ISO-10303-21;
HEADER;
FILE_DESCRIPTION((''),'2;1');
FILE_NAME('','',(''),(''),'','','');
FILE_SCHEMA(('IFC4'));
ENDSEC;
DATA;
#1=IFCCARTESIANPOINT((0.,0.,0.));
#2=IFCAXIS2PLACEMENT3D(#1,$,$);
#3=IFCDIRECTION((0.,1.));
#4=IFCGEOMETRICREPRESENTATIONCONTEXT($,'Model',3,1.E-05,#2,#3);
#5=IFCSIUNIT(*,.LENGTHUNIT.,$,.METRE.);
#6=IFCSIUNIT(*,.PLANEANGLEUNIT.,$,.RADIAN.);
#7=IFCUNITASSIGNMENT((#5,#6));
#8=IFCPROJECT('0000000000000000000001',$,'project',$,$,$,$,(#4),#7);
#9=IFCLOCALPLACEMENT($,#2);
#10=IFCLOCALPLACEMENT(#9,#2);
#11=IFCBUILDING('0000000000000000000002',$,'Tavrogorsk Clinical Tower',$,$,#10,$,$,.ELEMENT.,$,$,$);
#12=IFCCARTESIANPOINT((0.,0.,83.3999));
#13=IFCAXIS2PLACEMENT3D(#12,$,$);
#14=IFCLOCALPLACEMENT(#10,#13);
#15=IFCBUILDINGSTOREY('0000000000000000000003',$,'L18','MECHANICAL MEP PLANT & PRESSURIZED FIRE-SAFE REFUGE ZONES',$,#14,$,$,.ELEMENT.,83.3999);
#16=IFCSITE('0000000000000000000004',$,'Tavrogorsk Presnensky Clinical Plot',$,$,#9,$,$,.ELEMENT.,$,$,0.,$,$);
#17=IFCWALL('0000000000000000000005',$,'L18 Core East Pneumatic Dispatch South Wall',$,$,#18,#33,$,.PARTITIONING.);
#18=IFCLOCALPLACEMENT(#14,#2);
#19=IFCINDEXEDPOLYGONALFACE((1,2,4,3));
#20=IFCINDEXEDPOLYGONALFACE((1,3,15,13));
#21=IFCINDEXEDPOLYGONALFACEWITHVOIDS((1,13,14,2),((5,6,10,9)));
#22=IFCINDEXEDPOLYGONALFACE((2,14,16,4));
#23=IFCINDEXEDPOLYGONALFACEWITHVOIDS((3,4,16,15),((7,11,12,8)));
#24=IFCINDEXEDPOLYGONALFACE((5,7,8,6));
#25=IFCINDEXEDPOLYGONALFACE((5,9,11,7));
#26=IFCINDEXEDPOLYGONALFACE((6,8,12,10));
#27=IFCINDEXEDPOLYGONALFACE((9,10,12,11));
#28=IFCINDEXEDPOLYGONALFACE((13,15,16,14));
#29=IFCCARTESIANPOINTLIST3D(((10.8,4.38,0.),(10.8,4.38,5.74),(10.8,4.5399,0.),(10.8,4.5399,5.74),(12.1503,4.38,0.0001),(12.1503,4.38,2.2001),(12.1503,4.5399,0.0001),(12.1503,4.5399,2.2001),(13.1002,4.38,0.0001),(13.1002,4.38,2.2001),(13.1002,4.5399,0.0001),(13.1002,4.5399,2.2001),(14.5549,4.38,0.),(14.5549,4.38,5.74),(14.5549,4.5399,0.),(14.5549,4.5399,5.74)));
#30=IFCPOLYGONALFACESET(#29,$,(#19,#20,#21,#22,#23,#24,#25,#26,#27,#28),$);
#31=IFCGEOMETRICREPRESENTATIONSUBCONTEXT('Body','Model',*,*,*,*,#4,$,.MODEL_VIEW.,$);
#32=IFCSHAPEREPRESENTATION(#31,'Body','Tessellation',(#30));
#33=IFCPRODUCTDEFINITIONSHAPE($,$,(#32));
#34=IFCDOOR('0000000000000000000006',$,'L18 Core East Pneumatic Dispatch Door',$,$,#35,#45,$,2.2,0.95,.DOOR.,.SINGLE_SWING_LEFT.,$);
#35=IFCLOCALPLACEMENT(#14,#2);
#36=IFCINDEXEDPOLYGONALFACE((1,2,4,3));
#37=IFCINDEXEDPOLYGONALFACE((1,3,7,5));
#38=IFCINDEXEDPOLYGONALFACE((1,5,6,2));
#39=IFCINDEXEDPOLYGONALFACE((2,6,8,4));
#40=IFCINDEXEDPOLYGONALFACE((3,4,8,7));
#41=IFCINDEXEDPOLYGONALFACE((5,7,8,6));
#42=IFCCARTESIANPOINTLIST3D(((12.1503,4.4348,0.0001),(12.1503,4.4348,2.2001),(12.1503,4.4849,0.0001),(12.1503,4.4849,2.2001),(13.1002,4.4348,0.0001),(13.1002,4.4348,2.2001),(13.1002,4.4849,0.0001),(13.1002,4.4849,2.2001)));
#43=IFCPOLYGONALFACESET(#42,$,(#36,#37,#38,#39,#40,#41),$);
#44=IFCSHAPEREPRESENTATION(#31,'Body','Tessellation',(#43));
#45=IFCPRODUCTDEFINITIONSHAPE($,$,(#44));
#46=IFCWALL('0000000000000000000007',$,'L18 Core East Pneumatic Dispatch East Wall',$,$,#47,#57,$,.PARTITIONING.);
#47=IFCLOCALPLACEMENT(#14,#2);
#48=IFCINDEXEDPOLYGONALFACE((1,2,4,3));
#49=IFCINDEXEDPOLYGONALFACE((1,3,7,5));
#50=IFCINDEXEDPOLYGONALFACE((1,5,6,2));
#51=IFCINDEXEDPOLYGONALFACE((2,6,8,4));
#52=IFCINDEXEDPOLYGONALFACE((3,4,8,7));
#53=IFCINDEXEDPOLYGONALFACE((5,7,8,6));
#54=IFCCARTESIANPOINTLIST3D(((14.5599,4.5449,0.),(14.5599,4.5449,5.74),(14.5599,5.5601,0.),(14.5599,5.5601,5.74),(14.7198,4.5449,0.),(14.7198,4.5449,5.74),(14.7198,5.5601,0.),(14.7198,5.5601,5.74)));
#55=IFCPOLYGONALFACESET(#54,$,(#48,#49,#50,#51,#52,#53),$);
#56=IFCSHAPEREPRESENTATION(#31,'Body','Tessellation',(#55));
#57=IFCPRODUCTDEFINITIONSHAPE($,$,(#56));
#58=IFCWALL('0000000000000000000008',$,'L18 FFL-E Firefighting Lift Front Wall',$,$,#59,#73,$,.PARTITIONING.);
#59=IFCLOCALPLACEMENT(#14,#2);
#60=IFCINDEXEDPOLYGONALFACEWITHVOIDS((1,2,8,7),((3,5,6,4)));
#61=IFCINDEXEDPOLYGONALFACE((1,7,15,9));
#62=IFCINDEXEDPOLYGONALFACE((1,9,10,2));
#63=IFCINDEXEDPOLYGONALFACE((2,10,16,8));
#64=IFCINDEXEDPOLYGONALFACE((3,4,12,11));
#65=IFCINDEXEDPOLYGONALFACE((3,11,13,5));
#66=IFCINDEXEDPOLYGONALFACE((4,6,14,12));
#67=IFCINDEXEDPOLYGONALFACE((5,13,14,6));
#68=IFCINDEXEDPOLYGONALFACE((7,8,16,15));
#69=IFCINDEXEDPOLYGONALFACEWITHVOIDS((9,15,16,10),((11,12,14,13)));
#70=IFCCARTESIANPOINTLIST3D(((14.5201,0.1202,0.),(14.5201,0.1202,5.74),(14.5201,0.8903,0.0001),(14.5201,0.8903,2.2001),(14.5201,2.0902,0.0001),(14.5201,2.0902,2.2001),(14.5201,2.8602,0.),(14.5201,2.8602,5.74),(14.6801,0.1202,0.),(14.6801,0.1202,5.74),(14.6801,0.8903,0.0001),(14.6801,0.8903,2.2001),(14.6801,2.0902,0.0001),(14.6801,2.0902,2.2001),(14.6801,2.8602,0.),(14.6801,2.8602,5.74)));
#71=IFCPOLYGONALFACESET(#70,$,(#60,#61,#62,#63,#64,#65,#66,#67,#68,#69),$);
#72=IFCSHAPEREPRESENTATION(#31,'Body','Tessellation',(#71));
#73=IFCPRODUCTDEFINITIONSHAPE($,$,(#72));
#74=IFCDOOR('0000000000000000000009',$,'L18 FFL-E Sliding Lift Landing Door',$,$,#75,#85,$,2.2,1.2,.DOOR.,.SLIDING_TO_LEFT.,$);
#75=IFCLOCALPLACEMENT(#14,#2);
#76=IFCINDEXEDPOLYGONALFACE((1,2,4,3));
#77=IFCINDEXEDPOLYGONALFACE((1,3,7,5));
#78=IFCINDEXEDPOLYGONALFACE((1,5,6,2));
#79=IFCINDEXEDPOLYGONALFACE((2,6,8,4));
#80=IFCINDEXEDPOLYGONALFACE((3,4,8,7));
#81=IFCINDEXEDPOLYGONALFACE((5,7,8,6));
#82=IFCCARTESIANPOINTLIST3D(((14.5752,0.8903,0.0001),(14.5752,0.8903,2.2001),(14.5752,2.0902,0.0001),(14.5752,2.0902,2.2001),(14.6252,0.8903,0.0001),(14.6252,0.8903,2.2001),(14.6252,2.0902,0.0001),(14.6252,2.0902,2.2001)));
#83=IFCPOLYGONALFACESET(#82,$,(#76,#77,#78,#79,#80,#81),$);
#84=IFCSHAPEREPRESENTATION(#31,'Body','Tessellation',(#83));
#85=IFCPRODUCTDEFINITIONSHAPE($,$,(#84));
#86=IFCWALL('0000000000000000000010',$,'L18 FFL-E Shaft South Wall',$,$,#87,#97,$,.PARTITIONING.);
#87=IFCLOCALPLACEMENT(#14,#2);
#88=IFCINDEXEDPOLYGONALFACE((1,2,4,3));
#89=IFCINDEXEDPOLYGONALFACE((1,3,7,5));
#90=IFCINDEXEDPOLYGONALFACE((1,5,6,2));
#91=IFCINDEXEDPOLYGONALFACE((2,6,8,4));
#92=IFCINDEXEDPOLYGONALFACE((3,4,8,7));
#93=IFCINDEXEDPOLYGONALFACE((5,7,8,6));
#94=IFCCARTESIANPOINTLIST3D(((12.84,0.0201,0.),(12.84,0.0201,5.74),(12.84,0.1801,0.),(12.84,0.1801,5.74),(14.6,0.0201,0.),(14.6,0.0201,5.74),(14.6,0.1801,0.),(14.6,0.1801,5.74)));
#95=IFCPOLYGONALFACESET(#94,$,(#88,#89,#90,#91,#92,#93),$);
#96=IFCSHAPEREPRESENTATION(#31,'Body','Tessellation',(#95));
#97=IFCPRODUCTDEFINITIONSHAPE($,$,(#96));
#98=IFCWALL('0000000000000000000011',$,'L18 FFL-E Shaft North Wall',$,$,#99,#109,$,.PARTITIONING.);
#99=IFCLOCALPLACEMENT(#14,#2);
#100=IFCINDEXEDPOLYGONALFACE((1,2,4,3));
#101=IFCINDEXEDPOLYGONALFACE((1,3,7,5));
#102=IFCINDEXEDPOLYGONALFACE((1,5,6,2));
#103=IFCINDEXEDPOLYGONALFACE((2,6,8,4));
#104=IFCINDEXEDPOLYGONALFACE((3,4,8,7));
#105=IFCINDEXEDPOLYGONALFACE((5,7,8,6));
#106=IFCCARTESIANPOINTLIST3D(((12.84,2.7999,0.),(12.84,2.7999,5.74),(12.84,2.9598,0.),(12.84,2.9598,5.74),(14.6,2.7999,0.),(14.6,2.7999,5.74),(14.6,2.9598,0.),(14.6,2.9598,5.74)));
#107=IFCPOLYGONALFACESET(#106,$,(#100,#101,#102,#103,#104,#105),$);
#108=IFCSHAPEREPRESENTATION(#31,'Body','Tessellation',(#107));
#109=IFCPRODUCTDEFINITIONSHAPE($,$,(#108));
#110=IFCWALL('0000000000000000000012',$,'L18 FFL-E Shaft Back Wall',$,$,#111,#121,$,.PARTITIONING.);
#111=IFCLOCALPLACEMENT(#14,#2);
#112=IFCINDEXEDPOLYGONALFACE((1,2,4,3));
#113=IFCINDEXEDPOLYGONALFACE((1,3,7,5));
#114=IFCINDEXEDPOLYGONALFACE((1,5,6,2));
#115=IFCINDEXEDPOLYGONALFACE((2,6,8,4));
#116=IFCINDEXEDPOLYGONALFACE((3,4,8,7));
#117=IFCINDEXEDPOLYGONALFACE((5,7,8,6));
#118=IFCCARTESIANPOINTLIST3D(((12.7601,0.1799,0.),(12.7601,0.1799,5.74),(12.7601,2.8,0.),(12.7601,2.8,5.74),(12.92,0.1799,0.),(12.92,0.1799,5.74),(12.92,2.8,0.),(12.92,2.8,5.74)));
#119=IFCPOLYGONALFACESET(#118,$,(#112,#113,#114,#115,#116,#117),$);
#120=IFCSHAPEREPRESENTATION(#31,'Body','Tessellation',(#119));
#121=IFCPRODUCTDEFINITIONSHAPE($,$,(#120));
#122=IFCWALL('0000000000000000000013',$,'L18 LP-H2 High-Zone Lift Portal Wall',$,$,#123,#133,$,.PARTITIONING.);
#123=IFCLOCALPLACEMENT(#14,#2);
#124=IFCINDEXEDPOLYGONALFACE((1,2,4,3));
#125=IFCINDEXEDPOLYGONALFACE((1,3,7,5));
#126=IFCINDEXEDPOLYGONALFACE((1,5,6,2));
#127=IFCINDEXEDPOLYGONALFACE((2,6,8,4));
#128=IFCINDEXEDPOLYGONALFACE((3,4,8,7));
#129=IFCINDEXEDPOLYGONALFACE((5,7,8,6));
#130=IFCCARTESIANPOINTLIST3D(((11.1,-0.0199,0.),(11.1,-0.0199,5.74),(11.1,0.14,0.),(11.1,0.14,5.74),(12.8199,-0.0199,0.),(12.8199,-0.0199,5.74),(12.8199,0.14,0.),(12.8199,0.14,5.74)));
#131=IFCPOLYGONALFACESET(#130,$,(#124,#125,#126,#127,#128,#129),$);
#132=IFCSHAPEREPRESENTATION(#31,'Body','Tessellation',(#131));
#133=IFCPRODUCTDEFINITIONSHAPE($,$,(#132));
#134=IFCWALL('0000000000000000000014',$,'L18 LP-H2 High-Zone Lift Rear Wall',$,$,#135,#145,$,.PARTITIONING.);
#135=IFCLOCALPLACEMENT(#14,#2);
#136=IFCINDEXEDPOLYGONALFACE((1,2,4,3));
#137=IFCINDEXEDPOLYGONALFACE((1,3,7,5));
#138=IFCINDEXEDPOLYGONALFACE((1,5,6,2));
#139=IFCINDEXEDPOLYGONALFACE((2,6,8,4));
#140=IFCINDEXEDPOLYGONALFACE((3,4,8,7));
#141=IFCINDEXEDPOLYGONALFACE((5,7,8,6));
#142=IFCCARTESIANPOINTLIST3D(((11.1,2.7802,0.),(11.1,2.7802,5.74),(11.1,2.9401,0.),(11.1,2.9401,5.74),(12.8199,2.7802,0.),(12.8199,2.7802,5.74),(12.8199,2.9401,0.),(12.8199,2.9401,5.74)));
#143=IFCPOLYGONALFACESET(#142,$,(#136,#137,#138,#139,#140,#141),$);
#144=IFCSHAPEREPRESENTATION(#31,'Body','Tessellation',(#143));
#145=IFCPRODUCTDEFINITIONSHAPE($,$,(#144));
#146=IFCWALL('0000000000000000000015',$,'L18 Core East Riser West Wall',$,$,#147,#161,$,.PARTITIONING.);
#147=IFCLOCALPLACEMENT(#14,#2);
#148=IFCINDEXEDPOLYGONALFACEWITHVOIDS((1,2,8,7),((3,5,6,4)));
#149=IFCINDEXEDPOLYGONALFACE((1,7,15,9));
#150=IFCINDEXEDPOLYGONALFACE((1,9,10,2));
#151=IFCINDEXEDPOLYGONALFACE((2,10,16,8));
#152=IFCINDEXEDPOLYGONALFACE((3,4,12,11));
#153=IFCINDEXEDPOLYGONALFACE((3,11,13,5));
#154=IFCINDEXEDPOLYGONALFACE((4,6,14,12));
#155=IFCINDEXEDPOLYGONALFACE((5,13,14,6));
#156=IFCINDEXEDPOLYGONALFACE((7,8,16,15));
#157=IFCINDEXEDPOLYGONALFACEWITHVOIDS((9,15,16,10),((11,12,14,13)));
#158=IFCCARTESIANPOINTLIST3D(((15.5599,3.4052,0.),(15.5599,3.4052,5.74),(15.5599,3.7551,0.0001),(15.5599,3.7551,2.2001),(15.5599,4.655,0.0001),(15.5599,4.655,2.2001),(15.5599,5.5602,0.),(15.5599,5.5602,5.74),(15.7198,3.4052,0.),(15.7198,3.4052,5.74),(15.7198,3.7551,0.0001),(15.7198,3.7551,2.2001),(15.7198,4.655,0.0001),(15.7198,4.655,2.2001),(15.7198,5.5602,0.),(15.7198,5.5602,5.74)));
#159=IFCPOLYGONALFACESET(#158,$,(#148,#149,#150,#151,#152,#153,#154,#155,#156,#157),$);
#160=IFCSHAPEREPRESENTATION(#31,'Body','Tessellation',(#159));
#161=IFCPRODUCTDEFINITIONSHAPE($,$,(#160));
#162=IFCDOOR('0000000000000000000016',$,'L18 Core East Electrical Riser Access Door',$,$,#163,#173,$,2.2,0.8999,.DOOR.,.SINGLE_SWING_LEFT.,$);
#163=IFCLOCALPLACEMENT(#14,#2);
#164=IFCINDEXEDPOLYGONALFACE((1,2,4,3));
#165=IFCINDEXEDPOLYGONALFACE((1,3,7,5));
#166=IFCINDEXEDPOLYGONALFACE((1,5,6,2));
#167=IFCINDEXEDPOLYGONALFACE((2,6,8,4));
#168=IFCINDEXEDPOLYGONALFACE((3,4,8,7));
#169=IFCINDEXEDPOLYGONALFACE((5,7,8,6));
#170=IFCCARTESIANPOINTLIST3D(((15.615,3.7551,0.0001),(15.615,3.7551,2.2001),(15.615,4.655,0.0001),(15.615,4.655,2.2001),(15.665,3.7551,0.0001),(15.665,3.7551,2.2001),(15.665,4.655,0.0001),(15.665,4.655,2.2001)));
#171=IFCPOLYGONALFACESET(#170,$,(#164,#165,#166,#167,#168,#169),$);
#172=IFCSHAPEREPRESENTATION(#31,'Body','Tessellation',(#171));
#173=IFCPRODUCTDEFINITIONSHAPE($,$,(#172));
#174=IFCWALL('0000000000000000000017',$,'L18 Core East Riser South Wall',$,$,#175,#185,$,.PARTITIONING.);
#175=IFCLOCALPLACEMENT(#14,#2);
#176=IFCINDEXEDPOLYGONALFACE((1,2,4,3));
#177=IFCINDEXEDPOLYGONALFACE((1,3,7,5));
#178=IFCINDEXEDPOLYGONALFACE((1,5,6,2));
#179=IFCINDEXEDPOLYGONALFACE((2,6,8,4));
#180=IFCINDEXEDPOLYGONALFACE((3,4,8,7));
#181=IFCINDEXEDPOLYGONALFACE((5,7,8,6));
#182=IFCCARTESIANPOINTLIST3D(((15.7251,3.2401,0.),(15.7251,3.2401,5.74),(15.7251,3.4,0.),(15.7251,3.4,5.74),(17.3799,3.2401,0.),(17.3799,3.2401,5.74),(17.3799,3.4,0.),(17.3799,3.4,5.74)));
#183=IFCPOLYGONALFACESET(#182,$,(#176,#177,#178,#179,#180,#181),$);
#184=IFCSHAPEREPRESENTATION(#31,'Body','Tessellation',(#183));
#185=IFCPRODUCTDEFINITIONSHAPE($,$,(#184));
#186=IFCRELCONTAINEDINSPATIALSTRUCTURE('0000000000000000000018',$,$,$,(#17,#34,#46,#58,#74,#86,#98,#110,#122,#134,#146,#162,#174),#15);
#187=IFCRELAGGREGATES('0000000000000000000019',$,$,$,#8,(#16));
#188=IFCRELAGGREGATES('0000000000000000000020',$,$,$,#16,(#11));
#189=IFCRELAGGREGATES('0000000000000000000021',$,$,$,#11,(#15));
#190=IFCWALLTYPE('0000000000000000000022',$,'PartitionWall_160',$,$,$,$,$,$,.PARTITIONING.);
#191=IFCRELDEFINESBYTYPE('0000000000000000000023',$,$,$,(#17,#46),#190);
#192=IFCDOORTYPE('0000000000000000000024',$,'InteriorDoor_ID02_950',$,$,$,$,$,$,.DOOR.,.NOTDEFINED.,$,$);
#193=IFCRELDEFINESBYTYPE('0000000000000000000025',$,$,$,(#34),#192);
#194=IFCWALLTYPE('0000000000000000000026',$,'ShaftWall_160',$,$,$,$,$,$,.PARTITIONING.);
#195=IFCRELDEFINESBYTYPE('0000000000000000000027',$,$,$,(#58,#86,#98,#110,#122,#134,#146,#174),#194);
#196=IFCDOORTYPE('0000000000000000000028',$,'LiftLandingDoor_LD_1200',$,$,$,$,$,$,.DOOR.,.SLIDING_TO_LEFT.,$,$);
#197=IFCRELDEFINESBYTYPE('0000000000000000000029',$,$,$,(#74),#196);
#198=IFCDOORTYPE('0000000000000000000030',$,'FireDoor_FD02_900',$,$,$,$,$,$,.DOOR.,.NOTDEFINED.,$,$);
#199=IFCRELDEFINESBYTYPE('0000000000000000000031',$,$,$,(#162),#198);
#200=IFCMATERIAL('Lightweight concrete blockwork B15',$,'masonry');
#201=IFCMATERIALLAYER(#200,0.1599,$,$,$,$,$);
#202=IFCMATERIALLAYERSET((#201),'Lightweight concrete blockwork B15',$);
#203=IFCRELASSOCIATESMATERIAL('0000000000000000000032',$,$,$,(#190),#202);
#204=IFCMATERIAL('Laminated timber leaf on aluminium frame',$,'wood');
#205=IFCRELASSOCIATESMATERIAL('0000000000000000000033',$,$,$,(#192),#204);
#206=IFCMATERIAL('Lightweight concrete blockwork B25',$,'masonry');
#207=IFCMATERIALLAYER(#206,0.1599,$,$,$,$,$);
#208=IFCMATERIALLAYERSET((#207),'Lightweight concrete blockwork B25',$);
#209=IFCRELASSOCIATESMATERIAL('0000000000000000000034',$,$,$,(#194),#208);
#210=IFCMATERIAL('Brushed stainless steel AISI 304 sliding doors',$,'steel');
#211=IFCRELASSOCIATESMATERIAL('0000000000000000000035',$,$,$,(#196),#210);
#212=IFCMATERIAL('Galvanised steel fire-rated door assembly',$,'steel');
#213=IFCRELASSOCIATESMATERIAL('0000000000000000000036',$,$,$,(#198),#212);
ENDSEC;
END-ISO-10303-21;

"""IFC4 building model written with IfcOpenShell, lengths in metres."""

from ifc_helpers import new_model, si_unit, direction, frame, frame_2d, origin, place, context, subcontext, project, spatial, rectangle, extrude, material, layer, layer_set, type_object, element, fill, save


model = new_model("IFC4")

# Units and contexts
model_context = context("Model", 3, precision=1e-05, world=origin(), true_north=direction((0.0, 1.0)))
body_context = subcontext(model_context, "Body", "Model", "MODEL_VIEW")
ifc_project = project(units=[si_unit("LENGTHUNIT", "METRE"), si_unit("PLANEANGLEUNIT", "RADIAN")], contexts=[model_context])

# Site, building, storey
site_placement = place(None, origin())
site = spatial("IfcSite", under=ifc_project, at=site_placement, Name="Tavrogorsk Presnensky Clinical Plot", CompositionType="ELEMENT", RefElevation=0.0)
building_placement = place(site_placement, origin())
building = spatial("IfcBuilding", under=site, at=building_placement, Name="Tavrogorsk Clinical Tower", CompositionType="ELEMENT")
storey_placement = place(building_placement, frame((0.0, 0.0, 83.3999)))
storey = spatial("IfcBuildingStorey", under=building, at=storey_placement, Name="L18", Description="MECHANICAL MEP PLANT & PRESSURIZED FIRE-SAFE REFUGE ZONES", CompositionType="ELEMENT", Elevation=83.3999)

# Wall, opening, door
ifc_material_1 = material(Name="Lightweight concrete blockwork B15", Category="masonry")
ifc_layer_1 = layer(ifc_material_1, 0.1599)
ifc_layer_set_1 = layer_set([ifc_layer_1], Name="Lightweight concrete blockwork B15")
wall_type_1 = type_object("IfcWallType", Name="PartitionWall_160", PredefinedType="PARTITIONING", material=ifc_layer_set_1)
wall_1_placement = place(storey_placement, frame((10.8, 4.46, 0.0), z_axis=(0.0, 0.0, 1.0), x_axis=(1.0, 0.0, 0.0)))
wall_1 = element("IfcWall", 1, at=wall_1_placement, inside=storey, type_object=wall_type_1, Name="L18 Core East Pneumatic Dispatch South Wall", PredefinedType="PARTITIONING", context=body_context, shape_type="SweptSolid", body=[
    extrude(rectangle(XDim=3.7549, YDim=0.1599, at=frame_2d((1.8774, 0.0))), origin(), (0.0, 0.0, 1.0), 5.74),
])
opening_1_placement = place(wall_1_placement, frame((1.3501, 0.0, 0.0)))
opening_1 = element("IfcOpeningElement", 2, at=opening_1_placement, cuts=wall_1, PredefinedType="OPENING", context=body_context, shape_type="SweptSolid", body=[
    extrude(rectangle(XDim=0.95, YDim=2.2, at=frame_2d((0.4751, 1.1001))), frame((0.0, 0.0898, 0.0), z_axis=(0.0, -1.0, 0.0), x_axis=(1.0, 0.0, 0.0)), (0.0, 0.0, 1.0), 0.1799),
])
ifc_material_2 = material(Name="Laminated timber leaf on aluminium frame", Category="wood")
door_type_1 = type_object("IfcDoorType", Name="InteriorDoor_ID02_950", OperationType="NOTDEFINED", PredefinedType="DOOR", material=ifc_material_2)
door_1_placement = place(opening_1_placement, origin())
door_1 = element("IfcDoor", 3, at=door_1_placement, inside=storey, type_object=door_type_1, Name="L18 Core East Pneumatic Dispatch Door", OperationType="SINGLE_SWING_LEFT", OverallHeight=2.2, OverallWidth=0.95, PredefinedType="DOOR", context=body_context, shape_type="SweptSolid", body=[
    extrude(rectangle(XDim=0.95, YDim=2.2, at=frame_2d((0.4751, 1.1001))), frame((0.0, 0.0249, 0.0), z_axis=(0.0, -1.0, 0.0), x_axis=(1.0, 0.0, 0.0)), (0.0, 0.0, 1.0), 0.05),
])
fill(opening_1, door_1)

# Wall
wall_2_placement = place(storey_placement, frame((14.6399, 4.5449, 0.0), z_axis=(0.0, 0.0, 1.0), x_axis=(0.0, 1.0, 0.0)))
element("IfcWall", 4, at=wall_2_placement, inside=storey, type_object=wall_type_1, Name="L18 Core East Pneumatic Dispatch East Wall", PredefinedType="PARTITIONING", context=body_context, shape_type="SweptSolid", body=[
    extrude(rectangle(XDim=1.0151, YDim=0.1599, at=frame_2d((0.5076, 0.0))), origin(), (0.0, 0.0, 1.0), 5.74),
])

# Wall, opening, door
ifc_material_3 = material(Name="Lightweight concrete blockwork B25", Category="masonry")
ifc_layer_2 = layer(ifc_material_3, 0.1599)
ifc_layer_set_2 = layer_set([ifc_layer_2], Name="Lightweight concrete blockwork B25")
wall_type_2 = type_object("IfcWallType", Name="ShaftWall_160", PredefinedType="PARTITIONING", material=ifc_layer_set_2)
wall_3_placement = place(storey_placement, frame((14.6001, 0.1201, 0.0), z_axis=(0.0, 0.0, 1.0), x_axis=(0.0, 1.0, 0.0)))
wall_3 = element("IfcWall", 5, at=wall_3_placement, inside=storey, type_object=wall_type_2, Name="L18 FFL-E Firefighting Lift Front Wall", PredefinedType="PARTITIONING", context=body_context, shape_type="SweptSolid", body=[
    extrude(rectangle(XDim=2.74, YDim=0.1599, at=frame_2d((1.3701, 0.0))), origin(), (0.0, 0.0, 1.0), 5.74),
])
opening_2_placement = place(wall_3_placement, frame((0.77, 0.0, 0.0)))
opening_2 = element("IfcOpeningElement", 6, at=opening_2_placement, cuts=wall_3, PredefinedType="OPENING", context=body_context, shape_type="SweptSolid", body=[
    extrude(rectangle(XDim=1.2, YDim=2.2, at=frame_2d((0.6001, 1.1001))), frame((0.0, 0.0898, 0.0), z_axis=(0.0, -1.0, 0.0), x_axis=(1.0, 0.0, 0.0)), (0.0, 0.0, 1.0), 0.1799),
])
ifc_material_4 = material(Name="Brushed stainless steel AISI 304 sliding doors", Category="steel")
door_type_2 = type_object("IfcDoorType", Name="LiftLandingDoor_LD_1200", OperationType="SLIDING_TO_LEFT", PredefinedType="DOOR", material=ifc_material_4)
door_2_placement = place(opening_2_placement, origin())
door_2 = element("IfcDoor", 7, at=door_2_placement, inside=storey, type_object=door_type_2, Name="L18 FFL-E Sliding Lift Landing Door", OperationType="SLIDING_TO_LEFT", OverallHeight=2.2, OverallWidth=1.2, PredefinedType="DOOR", context=body_context, shape_type="SweptSolid", body=[
    extrude(rectangle(XDim=1.2, YDim=2.2, at=frame_2d((0.6001, 1.1001))), frame((0.0, 0.0249, 0.0), z_axis=(0.0, -1.0, 0.0), x_axis=(1.0, 0.0, 0.0)), (0.0, 0.0, 1.0), 0.05),
])
fill(opening_2, door_2)

# Walls
for number, where, z_axis, x_axis, name in (
    (8, (12.8401, 0.1001, 0.0), (0.0, 0.0, 1.0), (1.0, 0.0, 0.0), "L18 FFL-E Shaft South Wall"),
    (9, (12.8401, 2.8799, 0.0), (0.0, 0.0, 1.0), (1.0, 0.0, 0.0), "L18 FFL-E Shaft North Wall"),
):
    element("IfcWall", number, at=place(storey_placement, frame(where, z_axis=z_axis, x_axis=x_axis)), inside=storey, type_object=wall_type_2, Name=name, PredefinedType="PARTITIONING", context=body_context, shape_type="SweptSolid", body=[
        extrude(rectangle(XDim=1.76, YDim=0.1599, at=frame_2d((0.8799, 0.0))), origin(), (0.0, 0.0, 1.0), 5.74),
    ])
wall_4_placement = place(storey_placement, frame((12.8401, 0.1799, 0.0), z_axis=(0.0, 0.0, 1.0), x_axis=(0.0, 1.0, 0.0)))
element("IfcWall", 10, at=wall_4_placement, inside=storey, type_object=wall_type_2, Name="L18 FFL-E Shaft Back Wall", PredefinedType="PARTITIONING", context=body_context, shape_type="SweptSolid", body=[
    extrude(rectangle(XDim=2.6201, YDim=0.1599, at=frame_2d((1.3101, 0.0))), origin(), (0.0, 0.0, 1.0), 5.74),
])
for number, where, z_axis, x_axis, name in (
    (11, (11.1001, 0.0601, 0.0), (0.0, 0.0, 1.0), (1.0, 0.0, 0.0), "L18 LP-H2 High-Zone Lift Portal Wall"),
    (12, (11.1001, 2.8601, 0.0), (0.0, 0.0, 1.0), (1.0, 0.0, 0.0), "L18 LP-H2 High-Zone Lift Rear Wall"),
):
    element("IfcWall", number, at=place(storey_placement, frame(where, z_axis=z_axis, x_axis=x_axis)), inside=storey, type_object=wall_type_2, Name=name, PredefinedType="PARTITIONING", context=body_context, shape_type="SweptSolid", body=[
        extrude(rectangle(XDim=1.72, YDim=0.1599, at=frame_2d((0.8599, 0.0))), origin(), (0.0, 0.0, 1.0), 5.74),
    ])

# Wall, opening, door
wall_5_placement = place(storey_placement, frame((15.6399, 3.405, 0.0), z_axis=(0.0, 0.0, 1.0), x_axis=(0.0, 1.0, 0.0)))
wall_5 = element("IfcWall", 13, at=wall_5_placement, inside=storey, type_object=wall_type_2, Name="L18 Core East Riser West Wall", PredefinedType="PARTITIONING", context=body_context, shape_type="SweptSolid", body=[
    extrude(rectangle(XDim=2.155, YDim=0.1599, at=frame_2d((1.0776, 0.0))), origin(), (0.0, 0.0, 1.0), 5.74),
])
opening_3_placement = place(wall_5_placement, frame((0.3501, 0.0, 0.0)))
opening_3 = element("IfcOpeningElement", 14, at=opening_3_placement, cuts=wall_5, PredefinedType="OPENING", context=body_context, shape_type="SweptSolid", body=[
    extrude(rectangle(XDim=0.8999, YDim=2.2, at=frame_2d((0.45, 1.1001))), frame((0.0, 0.0898, 0.0), z_axis=(0.0, -1.0, 0.0), x_axis=(1.0, 0.0, 0.0)), (0.0, 0.0, 1.0), 0.1799),
])
ifc_material_5 = material(Name="Galvanised steel fire-rated door assembly", Category="steel")
door_type_3 = type_object("IfcDoorType", Name="FireDoor_FD02_900", OperationType="NOTDEFINED", PredefinedType="DOOR", material=ifc_material_5)
door_3_placement = place(opening_3_placement, origin())
door_3 = element("IfcDoor", 15, at=door_3_placement, inside=storey, type_object=door_type_3, Name="L18 Core East Electrical Riser Access Door", OperationType="SINGLE_SWING_LEFT", OverallHeight=2.2, OverallWidth=0.8999, PredefinedType="DOOR", context=body_context, shape_type="SweptSolid", body=[
    extrude(rectangle(XDim=0.8999, YDim=2.2, at=frame_2d((0.45, 1.1001))), frame((0.0, 0.0249, 0.0), z_axis=(0.0, -1.0, 0.0), x_axis=(1.0, 0.0, 0.0)), (0.0, 0.0, 1.0), 0.05),
])
fill(opening_3, door_3)

# Wall
wall_6_placement = place(storey_placement, frame((15.7251, 3.3201, 0.0), z_axis=(0.0, 0.0, 1.0), x_axis=(1.0, 0.0, 0.0)))
element("IfcWall", 16, at=wall_6_placement, inside=storey, type_object=wall_type_2, Name="L18 Core East Riser South Wall", PredefinedType="PARTITIONING", context=body_context, shape_type="SweptSolid", body=[
    extrude(rectangle(XDim=1.6548, YDim=0.1599, at=frame_2d((0.8274, 0.0))), origin(), (0.0, 0.0, 1.0), 5.74),
])

save(model, "model.ifc")
